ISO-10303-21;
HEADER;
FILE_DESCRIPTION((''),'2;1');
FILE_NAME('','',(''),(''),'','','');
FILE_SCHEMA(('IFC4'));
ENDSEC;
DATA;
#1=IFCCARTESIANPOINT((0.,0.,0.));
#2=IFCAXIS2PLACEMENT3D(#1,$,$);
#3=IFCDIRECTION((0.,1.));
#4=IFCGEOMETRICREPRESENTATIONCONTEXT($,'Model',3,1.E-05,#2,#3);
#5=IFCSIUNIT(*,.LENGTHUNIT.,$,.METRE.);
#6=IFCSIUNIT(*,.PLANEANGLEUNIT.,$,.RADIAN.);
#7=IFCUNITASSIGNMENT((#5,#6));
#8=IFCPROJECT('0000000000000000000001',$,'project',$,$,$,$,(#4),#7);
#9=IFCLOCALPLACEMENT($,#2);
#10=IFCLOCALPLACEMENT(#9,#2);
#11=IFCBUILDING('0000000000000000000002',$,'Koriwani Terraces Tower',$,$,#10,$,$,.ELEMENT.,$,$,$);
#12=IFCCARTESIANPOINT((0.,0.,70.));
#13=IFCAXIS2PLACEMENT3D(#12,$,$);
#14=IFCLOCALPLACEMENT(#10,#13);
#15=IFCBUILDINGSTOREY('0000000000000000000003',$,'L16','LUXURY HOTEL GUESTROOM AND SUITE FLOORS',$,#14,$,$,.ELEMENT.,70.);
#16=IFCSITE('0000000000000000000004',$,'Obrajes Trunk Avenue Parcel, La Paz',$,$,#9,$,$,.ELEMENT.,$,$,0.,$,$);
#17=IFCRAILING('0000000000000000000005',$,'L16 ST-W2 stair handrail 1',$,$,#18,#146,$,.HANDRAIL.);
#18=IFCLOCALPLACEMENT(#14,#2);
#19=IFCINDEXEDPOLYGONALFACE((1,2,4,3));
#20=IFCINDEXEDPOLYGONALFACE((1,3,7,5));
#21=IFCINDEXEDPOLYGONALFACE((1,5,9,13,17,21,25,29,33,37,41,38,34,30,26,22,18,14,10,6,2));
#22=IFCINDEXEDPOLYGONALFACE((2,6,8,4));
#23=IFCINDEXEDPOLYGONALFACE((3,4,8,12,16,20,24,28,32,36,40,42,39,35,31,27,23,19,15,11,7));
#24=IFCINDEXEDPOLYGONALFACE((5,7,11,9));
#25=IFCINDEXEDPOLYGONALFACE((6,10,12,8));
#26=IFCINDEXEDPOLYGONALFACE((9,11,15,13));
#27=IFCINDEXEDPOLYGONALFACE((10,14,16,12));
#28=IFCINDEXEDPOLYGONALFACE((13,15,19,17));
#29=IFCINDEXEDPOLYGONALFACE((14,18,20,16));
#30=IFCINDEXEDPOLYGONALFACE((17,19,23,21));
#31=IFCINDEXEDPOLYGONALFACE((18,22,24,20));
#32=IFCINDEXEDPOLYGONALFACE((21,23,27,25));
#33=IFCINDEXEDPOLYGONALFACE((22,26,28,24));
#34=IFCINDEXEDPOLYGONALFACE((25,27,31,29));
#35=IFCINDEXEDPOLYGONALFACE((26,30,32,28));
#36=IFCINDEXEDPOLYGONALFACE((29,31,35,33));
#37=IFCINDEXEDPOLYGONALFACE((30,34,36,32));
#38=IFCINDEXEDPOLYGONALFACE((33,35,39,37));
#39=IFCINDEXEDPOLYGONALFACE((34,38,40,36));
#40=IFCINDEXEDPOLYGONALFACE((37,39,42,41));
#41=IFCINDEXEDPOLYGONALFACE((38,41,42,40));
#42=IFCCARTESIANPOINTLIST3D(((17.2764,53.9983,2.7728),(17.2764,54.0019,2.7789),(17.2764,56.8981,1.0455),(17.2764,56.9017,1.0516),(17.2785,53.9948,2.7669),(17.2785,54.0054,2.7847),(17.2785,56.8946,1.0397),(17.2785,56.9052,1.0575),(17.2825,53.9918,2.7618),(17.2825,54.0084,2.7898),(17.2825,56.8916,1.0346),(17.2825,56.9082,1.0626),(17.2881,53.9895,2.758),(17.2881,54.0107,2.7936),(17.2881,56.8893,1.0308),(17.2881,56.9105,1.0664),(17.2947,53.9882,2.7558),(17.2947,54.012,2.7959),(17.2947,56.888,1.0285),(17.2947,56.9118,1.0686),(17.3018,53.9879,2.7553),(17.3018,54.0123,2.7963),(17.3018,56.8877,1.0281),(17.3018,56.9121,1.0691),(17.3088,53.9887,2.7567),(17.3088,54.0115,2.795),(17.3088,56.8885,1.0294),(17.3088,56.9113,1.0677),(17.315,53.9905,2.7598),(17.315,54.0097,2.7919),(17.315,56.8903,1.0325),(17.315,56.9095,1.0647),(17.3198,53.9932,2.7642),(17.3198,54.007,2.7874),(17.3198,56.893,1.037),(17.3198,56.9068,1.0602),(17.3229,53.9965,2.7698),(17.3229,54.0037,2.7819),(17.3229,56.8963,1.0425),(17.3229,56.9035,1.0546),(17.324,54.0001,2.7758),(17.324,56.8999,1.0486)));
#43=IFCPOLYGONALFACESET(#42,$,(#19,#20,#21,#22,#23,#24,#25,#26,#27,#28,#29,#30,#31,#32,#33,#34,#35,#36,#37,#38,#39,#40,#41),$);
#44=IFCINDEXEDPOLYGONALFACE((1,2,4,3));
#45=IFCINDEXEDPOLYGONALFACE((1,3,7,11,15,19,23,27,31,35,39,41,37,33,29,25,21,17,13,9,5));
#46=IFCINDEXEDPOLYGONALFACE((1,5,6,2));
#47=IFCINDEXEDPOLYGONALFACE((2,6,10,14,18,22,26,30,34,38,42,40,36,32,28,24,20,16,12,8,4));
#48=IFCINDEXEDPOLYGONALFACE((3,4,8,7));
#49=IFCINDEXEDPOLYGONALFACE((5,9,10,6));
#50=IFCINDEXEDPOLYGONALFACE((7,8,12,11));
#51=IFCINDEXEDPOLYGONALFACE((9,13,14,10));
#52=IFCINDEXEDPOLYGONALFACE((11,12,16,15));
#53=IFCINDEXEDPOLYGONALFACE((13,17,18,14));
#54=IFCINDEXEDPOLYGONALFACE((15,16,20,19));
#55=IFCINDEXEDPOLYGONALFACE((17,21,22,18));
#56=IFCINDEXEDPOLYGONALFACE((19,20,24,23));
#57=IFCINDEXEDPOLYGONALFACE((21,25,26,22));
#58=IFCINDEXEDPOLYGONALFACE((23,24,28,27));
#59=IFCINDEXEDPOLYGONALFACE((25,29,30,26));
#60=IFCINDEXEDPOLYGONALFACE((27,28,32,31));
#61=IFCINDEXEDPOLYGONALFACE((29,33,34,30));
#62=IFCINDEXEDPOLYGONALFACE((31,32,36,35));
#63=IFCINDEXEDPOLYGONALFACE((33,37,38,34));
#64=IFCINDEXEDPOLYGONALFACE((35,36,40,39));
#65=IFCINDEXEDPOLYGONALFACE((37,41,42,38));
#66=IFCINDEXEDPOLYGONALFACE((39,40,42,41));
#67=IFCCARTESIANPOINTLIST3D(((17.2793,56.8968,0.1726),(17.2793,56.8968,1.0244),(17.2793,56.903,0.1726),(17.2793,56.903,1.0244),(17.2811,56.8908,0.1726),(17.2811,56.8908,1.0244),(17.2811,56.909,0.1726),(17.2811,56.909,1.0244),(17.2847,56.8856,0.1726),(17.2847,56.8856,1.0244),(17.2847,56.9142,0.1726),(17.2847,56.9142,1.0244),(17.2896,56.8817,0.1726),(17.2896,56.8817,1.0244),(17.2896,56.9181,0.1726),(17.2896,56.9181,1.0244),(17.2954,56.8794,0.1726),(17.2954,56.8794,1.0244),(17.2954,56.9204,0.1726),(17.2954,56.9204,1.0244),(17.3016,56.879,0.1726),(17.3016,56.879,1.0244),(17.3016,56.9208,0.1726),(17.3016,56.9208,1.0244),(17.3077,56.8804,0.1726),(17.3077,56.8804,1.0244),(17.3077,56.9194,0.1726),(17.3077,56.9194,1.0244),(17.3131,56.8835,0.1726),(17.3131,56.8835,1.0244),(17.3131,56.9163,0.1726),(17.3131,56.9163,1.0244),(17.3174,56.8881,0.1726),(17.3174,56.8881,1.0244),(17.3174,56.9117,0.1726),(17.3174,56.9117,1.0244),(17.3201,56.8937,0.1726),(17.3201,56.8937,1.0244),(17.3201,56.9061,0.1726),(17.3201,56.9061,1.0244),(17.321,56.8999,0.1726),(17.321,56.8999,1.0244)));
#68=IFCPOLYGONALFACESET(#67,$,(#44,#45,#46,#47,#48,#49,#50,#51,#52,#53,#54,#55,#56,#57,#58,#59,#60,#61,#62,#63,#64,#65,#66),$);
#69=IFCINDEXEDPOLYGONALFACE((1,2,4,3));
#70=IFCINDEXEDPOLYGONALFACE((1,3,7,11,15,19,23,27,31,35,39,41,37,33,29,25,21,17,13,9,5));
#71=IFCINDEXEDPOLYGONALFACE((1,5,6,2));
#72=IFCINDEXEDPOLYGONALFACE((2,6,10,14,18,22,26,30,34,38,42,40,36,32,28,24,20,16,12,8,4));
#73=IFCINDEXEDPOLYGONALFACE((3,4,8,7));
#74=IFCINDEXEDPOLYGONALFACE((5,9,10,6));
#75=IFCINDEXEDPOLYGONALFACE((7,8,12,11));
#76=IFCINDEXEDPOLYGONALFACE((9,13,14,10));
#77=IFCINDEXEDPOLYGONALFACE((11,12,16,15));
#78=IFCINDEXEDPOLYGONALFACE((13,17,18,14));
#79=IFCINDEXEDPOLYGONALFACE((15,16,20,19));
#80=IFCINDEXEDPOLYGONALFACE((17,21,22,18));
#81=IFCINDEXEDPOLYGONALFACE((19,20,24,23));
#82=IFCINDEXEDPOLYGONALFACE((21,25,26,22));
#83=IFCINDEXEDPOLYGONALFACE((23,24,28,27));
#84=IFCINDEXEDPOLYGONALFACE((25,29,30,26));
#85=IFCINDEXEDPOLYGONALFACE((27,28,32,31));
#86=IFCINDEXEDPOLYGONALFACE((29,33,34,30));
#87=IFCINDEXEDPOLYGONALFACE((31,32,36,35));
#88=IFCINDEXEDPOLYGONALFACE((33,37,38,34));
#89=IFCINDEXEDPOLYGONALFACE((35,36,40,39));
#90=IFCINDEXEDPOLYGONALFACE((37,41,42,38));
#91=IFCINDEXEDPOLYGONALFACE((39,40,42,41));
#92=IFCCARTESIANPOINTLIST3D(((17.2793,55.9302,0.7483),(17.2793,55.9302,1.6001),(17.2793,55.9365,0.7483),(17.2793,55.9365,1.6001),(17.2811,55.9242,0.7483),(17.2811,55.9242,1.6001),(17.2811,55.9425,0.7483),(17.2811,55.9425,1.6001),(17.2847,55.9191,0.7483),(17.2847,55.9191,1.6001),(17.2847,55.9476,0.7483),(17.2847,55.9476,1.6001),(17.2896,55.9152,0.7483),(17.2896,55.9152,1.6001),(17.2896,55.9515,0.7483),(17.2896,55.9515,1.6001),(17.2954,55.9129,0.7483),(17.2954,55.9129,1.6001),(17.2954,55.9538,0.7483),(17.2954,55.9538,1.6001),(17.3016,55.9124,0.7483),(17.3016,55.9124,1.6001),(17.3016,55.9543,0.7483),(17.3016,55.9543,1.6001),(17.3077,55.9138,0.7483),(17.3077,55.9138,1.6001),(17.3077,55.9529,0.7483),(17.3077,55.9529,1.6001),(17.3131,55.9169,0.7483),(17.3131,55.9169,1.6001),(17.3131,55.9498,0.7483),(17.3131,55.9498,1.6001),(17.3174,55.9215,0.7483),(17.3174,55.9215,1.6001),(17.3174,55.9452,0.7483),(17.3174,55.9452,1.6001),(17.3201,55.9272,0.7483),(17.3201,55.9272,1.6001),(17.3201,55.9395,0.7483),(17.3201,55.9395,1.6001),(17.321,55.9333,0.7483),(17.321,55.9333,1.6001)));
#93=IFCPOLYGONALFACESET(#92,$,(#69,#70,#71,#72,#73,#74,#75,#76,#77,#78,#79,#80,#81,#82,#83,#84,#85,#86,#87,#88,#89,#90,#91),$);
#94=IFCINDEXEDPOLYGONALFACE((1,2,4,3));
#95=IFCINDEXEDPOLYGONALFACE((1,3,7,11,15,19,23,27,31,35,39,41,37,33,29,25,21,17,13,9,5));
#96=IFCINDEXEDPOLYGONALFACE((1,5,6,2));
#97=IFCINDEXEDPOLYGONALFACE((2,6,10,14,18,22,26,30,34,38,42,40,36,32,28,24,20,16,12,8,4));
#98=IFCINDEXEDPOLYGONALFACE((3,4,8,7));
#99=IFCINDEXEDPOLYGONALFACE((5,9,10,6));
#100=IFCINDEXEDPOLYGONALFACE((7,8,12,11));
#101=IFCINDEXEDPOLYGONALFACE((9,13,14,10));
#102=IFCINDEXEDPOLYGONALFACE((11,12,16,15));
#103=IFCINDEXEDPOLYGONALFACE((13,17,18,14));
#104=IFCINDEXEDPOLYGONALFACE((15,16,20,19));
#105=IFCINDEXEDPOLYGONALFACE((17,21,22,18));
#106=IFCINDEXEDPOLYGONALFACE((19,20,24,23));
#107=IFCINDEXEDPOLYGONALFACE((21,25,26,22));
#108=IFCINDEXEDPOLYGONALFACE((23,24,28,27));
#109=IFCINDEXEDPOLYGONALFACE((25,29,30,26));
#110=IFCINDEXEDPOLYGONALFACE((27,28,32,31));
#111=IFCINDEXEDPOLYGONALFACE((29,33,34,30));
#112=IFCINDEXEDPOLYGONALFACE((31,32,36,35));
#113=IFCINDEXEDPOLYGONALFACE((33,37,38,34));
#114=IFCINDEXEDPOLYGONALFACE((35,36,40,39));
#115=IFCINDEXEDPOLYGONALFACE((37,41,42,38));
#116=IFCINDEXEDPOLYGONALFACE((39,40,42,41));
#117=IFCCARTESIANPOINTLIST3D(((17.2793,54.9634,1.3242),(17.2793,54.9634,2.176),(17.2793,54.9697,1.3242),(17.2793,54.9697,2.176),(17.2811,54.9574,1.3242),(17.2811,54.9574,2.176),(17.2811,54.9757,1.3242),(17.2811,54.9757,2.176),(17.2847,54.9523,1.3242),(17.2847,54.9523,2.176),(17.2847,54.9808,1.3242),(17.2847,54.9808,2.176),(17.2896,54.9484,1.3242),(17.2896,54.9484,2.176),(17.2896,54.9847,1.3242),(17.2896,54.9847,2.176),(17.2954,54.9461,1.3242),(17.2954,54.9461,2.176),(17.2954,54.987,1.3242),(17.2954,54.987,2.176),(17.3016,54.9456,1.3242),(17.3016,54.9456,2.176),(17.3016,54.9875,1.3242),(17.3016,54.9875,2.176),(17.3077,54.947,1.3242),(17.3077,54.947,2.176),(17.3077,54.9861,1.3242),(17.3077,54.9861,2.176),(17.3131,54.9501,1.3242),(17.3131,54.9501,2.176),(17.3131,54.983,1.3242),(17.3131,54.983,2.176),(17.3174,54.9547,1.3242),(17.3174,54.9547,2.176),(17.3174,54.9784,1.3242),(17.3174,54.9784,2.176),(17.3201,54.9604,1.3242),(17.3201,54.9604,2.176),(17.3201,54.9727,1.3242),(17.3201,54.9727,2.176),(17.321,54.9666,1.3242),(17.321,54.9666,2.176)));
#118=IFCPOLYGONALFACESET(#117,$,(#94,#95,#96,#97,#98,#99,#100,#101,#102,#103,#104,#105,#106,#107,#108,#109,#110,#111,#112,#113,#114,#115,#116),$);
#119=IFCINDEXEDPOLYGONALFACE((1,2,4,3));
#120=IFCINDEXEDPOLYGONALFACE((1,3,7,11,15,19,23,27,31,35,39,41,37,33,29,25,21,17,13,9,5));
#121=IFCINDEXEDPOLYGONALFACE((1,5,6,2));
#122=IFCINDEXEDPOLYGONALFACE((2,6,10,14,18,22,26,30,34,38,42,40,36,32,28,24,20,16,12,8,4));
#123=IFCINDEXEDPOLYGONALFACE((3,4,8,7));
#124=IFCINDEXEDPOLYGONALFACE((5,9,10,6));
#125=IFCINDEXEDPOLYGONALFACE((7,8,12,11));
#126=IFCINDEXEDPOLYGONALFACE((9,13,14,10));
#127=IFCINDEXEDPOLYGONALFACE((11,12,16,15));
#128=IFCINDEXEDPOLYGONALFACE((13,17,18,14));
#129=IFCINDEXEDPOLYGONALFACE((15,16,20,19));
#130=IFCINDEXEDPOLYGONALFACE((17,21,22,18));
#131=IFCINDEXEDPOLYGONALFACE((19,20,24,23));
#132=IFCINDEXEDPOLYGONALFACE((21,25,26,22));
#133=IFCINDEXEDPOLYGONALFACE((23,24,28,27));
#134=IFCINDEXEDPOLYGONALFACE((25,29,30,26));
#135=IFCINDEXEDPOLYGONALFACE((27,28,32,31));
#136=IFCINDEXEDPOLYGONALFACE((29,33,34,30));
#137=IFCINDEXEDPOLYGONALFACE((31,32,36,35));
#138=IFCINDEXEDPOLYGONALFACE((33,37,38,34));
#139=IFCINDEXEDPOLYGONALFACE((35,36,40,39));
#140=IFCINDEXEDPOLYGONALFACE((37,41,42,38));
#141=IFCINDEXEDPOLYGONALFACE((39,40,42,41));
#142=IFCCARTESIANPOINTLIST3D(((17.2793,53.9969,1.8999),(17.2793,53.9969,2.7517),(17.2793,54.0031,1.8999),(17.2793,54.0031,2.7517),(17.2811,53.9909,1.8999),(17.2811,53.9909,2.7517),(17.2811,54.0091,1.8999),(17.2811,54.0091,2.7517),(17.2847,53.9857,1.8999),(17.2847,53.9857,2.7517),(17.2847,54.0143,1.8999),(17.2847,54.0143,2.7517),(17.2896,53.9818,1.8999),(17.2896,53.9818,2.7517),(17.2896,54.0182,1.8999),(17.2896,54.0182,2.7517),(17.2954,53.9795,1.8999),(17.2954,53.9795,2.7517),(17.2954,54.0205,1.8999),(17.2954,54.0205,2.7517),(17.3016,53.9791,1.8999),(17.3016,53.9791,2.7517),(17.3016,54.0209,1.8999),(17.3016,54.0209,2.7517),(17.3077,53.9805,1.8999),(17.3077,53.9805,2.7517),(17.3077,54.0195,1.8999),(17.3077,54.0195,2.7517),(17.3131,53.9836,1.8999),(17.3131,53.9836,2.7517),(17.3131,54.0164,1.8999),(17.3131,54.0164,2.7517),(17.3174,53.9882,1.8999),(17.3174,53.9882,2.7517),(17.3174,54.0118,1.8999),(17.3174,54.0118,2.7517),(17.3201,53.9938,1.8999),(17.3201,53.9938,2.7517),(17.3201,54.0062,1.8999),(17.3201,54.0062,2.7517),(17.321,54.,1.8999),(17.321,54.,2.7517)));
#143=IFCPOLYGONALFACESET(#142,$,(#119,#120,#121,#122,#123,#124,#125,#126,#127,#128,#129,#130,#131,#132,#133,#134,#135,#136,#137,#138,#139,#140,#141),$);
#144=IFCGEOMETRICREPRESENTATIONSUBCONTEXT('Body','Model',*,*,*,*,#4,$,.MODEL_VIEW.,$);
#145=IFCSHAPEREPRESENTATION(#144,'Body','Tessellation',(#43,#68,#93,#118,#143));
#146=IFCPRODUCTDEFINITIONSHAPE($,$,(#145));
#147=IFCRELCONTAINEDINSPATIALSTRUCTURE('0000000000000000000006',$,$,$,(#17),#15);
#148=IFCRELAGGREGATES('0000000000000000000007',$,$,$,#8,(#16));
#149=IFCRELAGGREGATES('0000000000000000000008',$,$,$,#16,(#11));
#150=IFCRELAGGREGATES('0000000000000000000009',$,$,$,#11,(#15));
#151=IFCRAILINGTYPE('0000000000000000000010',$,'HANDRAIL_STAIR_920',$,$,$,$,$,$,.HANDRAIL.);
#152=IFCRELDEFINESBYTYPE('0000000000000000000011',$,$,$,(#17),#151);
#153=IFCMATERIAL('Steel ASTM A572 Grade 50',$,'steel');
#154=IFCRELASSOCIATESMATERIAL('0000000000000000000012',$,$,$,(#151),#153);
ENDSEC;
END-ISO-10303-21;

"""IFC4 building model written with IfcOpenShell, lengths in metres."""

from ifc_helpers import new_model, si_unit, direction, frame, origin, origin_2d, place, context, subcontext, project, spatial, circle, extrude, material, type_object, element, save


model = new_model("IFC4")

# Units and contexts
model_context = context("Model", 3, precision=1e-05, world=origin(), true_north=direction((0.0, 1.0)))
body_context = subcontext(model_context, "Body", "Model", "MODEL_VIEW")
ifc_project = project(units=[si_unit("LENGTHUNIT", "METRE"), si_unit("PLANEANGLEUNIT", "RADIAN")], contexts=[model_context])

# Site, building, storey
site_placement = place(None, origin())
site = spatial("IfcSite", under=ifc_project, at=site_placement, Name="Obrajes Trunk Avenue Parcel, La Paz", CompositionType="ELEMENT", RefElevation=0.0)
building_placement = place(site_placement, origin())
building = spatial("IfcBuilding", under=site, at=building_placement, Name="Koriwani Terraces Tower", CompositionType="ELEMENT")
storey_placement = place(building_placement, frame((0.0, 0.0, 70.0)))
storey = spatial("IfcBuildingStorey", under=building, at=storey_placement, Name="L16", Description="LUXURY HOTEL GUESTROOM AND SUITE FLOORS", CompositionType="ELEMENT", Elevation=70.0)

# Shared definitions
ifc_material_1 = material(Name="Steel ASTM A572 Grade 50", Category="steel")

# Railing
railing_type = type_object("IfcRailingType", Name="HANDRAIL_STAIR_920", PredefinedType="HANDRAIL", material=ifc_material_1)
for number, where, name in (
    (1, (17.3, 56.8999, 0.1726), "L16 ST-W2 stair handrail 1"),
):
    element("IfcRailing", number, at=place(storey_placement, frame(where)), inside=storey, type_object=railing_type, Name=name, PredefinedType="HANDRAIL", context=body_context, shape_type="SweptSolid", body=[
        extrude(circle(Radius=0.0239, at=origin_2d()), frame((0.0, 0.0, 0.876), z_axis=(0.0, -0.859141, 0.511738), x_axis=(1.0, 0.0, 0.0)), (0.0, 0.0, 1.0), 3.3752),
        extrude(circle(Radius=0.021, at=origin_2d()), origin(), (0.0, 0.0, 1.0), 0.8518),
        extrude(circle(Radius=0.021, at=origin_2d()), frame((0.0, -0.9666, 0.5757)), (0.0, 0.0, 1.0), 0.8518),
        extrude(circle(Radius=0.021, at=origin_2d()), frame((0.0, -1.9333, 1.1516)), (0.0, 0.0, 1.0), 0.8518),
        extrude(circle(Radius=0.021, at=origin_2d()), frame((0.0, -2.8999, 1.7273)), (0.0, 0.0, 1.0), 0.8518),
    ])

save(model, "model.ifc")
